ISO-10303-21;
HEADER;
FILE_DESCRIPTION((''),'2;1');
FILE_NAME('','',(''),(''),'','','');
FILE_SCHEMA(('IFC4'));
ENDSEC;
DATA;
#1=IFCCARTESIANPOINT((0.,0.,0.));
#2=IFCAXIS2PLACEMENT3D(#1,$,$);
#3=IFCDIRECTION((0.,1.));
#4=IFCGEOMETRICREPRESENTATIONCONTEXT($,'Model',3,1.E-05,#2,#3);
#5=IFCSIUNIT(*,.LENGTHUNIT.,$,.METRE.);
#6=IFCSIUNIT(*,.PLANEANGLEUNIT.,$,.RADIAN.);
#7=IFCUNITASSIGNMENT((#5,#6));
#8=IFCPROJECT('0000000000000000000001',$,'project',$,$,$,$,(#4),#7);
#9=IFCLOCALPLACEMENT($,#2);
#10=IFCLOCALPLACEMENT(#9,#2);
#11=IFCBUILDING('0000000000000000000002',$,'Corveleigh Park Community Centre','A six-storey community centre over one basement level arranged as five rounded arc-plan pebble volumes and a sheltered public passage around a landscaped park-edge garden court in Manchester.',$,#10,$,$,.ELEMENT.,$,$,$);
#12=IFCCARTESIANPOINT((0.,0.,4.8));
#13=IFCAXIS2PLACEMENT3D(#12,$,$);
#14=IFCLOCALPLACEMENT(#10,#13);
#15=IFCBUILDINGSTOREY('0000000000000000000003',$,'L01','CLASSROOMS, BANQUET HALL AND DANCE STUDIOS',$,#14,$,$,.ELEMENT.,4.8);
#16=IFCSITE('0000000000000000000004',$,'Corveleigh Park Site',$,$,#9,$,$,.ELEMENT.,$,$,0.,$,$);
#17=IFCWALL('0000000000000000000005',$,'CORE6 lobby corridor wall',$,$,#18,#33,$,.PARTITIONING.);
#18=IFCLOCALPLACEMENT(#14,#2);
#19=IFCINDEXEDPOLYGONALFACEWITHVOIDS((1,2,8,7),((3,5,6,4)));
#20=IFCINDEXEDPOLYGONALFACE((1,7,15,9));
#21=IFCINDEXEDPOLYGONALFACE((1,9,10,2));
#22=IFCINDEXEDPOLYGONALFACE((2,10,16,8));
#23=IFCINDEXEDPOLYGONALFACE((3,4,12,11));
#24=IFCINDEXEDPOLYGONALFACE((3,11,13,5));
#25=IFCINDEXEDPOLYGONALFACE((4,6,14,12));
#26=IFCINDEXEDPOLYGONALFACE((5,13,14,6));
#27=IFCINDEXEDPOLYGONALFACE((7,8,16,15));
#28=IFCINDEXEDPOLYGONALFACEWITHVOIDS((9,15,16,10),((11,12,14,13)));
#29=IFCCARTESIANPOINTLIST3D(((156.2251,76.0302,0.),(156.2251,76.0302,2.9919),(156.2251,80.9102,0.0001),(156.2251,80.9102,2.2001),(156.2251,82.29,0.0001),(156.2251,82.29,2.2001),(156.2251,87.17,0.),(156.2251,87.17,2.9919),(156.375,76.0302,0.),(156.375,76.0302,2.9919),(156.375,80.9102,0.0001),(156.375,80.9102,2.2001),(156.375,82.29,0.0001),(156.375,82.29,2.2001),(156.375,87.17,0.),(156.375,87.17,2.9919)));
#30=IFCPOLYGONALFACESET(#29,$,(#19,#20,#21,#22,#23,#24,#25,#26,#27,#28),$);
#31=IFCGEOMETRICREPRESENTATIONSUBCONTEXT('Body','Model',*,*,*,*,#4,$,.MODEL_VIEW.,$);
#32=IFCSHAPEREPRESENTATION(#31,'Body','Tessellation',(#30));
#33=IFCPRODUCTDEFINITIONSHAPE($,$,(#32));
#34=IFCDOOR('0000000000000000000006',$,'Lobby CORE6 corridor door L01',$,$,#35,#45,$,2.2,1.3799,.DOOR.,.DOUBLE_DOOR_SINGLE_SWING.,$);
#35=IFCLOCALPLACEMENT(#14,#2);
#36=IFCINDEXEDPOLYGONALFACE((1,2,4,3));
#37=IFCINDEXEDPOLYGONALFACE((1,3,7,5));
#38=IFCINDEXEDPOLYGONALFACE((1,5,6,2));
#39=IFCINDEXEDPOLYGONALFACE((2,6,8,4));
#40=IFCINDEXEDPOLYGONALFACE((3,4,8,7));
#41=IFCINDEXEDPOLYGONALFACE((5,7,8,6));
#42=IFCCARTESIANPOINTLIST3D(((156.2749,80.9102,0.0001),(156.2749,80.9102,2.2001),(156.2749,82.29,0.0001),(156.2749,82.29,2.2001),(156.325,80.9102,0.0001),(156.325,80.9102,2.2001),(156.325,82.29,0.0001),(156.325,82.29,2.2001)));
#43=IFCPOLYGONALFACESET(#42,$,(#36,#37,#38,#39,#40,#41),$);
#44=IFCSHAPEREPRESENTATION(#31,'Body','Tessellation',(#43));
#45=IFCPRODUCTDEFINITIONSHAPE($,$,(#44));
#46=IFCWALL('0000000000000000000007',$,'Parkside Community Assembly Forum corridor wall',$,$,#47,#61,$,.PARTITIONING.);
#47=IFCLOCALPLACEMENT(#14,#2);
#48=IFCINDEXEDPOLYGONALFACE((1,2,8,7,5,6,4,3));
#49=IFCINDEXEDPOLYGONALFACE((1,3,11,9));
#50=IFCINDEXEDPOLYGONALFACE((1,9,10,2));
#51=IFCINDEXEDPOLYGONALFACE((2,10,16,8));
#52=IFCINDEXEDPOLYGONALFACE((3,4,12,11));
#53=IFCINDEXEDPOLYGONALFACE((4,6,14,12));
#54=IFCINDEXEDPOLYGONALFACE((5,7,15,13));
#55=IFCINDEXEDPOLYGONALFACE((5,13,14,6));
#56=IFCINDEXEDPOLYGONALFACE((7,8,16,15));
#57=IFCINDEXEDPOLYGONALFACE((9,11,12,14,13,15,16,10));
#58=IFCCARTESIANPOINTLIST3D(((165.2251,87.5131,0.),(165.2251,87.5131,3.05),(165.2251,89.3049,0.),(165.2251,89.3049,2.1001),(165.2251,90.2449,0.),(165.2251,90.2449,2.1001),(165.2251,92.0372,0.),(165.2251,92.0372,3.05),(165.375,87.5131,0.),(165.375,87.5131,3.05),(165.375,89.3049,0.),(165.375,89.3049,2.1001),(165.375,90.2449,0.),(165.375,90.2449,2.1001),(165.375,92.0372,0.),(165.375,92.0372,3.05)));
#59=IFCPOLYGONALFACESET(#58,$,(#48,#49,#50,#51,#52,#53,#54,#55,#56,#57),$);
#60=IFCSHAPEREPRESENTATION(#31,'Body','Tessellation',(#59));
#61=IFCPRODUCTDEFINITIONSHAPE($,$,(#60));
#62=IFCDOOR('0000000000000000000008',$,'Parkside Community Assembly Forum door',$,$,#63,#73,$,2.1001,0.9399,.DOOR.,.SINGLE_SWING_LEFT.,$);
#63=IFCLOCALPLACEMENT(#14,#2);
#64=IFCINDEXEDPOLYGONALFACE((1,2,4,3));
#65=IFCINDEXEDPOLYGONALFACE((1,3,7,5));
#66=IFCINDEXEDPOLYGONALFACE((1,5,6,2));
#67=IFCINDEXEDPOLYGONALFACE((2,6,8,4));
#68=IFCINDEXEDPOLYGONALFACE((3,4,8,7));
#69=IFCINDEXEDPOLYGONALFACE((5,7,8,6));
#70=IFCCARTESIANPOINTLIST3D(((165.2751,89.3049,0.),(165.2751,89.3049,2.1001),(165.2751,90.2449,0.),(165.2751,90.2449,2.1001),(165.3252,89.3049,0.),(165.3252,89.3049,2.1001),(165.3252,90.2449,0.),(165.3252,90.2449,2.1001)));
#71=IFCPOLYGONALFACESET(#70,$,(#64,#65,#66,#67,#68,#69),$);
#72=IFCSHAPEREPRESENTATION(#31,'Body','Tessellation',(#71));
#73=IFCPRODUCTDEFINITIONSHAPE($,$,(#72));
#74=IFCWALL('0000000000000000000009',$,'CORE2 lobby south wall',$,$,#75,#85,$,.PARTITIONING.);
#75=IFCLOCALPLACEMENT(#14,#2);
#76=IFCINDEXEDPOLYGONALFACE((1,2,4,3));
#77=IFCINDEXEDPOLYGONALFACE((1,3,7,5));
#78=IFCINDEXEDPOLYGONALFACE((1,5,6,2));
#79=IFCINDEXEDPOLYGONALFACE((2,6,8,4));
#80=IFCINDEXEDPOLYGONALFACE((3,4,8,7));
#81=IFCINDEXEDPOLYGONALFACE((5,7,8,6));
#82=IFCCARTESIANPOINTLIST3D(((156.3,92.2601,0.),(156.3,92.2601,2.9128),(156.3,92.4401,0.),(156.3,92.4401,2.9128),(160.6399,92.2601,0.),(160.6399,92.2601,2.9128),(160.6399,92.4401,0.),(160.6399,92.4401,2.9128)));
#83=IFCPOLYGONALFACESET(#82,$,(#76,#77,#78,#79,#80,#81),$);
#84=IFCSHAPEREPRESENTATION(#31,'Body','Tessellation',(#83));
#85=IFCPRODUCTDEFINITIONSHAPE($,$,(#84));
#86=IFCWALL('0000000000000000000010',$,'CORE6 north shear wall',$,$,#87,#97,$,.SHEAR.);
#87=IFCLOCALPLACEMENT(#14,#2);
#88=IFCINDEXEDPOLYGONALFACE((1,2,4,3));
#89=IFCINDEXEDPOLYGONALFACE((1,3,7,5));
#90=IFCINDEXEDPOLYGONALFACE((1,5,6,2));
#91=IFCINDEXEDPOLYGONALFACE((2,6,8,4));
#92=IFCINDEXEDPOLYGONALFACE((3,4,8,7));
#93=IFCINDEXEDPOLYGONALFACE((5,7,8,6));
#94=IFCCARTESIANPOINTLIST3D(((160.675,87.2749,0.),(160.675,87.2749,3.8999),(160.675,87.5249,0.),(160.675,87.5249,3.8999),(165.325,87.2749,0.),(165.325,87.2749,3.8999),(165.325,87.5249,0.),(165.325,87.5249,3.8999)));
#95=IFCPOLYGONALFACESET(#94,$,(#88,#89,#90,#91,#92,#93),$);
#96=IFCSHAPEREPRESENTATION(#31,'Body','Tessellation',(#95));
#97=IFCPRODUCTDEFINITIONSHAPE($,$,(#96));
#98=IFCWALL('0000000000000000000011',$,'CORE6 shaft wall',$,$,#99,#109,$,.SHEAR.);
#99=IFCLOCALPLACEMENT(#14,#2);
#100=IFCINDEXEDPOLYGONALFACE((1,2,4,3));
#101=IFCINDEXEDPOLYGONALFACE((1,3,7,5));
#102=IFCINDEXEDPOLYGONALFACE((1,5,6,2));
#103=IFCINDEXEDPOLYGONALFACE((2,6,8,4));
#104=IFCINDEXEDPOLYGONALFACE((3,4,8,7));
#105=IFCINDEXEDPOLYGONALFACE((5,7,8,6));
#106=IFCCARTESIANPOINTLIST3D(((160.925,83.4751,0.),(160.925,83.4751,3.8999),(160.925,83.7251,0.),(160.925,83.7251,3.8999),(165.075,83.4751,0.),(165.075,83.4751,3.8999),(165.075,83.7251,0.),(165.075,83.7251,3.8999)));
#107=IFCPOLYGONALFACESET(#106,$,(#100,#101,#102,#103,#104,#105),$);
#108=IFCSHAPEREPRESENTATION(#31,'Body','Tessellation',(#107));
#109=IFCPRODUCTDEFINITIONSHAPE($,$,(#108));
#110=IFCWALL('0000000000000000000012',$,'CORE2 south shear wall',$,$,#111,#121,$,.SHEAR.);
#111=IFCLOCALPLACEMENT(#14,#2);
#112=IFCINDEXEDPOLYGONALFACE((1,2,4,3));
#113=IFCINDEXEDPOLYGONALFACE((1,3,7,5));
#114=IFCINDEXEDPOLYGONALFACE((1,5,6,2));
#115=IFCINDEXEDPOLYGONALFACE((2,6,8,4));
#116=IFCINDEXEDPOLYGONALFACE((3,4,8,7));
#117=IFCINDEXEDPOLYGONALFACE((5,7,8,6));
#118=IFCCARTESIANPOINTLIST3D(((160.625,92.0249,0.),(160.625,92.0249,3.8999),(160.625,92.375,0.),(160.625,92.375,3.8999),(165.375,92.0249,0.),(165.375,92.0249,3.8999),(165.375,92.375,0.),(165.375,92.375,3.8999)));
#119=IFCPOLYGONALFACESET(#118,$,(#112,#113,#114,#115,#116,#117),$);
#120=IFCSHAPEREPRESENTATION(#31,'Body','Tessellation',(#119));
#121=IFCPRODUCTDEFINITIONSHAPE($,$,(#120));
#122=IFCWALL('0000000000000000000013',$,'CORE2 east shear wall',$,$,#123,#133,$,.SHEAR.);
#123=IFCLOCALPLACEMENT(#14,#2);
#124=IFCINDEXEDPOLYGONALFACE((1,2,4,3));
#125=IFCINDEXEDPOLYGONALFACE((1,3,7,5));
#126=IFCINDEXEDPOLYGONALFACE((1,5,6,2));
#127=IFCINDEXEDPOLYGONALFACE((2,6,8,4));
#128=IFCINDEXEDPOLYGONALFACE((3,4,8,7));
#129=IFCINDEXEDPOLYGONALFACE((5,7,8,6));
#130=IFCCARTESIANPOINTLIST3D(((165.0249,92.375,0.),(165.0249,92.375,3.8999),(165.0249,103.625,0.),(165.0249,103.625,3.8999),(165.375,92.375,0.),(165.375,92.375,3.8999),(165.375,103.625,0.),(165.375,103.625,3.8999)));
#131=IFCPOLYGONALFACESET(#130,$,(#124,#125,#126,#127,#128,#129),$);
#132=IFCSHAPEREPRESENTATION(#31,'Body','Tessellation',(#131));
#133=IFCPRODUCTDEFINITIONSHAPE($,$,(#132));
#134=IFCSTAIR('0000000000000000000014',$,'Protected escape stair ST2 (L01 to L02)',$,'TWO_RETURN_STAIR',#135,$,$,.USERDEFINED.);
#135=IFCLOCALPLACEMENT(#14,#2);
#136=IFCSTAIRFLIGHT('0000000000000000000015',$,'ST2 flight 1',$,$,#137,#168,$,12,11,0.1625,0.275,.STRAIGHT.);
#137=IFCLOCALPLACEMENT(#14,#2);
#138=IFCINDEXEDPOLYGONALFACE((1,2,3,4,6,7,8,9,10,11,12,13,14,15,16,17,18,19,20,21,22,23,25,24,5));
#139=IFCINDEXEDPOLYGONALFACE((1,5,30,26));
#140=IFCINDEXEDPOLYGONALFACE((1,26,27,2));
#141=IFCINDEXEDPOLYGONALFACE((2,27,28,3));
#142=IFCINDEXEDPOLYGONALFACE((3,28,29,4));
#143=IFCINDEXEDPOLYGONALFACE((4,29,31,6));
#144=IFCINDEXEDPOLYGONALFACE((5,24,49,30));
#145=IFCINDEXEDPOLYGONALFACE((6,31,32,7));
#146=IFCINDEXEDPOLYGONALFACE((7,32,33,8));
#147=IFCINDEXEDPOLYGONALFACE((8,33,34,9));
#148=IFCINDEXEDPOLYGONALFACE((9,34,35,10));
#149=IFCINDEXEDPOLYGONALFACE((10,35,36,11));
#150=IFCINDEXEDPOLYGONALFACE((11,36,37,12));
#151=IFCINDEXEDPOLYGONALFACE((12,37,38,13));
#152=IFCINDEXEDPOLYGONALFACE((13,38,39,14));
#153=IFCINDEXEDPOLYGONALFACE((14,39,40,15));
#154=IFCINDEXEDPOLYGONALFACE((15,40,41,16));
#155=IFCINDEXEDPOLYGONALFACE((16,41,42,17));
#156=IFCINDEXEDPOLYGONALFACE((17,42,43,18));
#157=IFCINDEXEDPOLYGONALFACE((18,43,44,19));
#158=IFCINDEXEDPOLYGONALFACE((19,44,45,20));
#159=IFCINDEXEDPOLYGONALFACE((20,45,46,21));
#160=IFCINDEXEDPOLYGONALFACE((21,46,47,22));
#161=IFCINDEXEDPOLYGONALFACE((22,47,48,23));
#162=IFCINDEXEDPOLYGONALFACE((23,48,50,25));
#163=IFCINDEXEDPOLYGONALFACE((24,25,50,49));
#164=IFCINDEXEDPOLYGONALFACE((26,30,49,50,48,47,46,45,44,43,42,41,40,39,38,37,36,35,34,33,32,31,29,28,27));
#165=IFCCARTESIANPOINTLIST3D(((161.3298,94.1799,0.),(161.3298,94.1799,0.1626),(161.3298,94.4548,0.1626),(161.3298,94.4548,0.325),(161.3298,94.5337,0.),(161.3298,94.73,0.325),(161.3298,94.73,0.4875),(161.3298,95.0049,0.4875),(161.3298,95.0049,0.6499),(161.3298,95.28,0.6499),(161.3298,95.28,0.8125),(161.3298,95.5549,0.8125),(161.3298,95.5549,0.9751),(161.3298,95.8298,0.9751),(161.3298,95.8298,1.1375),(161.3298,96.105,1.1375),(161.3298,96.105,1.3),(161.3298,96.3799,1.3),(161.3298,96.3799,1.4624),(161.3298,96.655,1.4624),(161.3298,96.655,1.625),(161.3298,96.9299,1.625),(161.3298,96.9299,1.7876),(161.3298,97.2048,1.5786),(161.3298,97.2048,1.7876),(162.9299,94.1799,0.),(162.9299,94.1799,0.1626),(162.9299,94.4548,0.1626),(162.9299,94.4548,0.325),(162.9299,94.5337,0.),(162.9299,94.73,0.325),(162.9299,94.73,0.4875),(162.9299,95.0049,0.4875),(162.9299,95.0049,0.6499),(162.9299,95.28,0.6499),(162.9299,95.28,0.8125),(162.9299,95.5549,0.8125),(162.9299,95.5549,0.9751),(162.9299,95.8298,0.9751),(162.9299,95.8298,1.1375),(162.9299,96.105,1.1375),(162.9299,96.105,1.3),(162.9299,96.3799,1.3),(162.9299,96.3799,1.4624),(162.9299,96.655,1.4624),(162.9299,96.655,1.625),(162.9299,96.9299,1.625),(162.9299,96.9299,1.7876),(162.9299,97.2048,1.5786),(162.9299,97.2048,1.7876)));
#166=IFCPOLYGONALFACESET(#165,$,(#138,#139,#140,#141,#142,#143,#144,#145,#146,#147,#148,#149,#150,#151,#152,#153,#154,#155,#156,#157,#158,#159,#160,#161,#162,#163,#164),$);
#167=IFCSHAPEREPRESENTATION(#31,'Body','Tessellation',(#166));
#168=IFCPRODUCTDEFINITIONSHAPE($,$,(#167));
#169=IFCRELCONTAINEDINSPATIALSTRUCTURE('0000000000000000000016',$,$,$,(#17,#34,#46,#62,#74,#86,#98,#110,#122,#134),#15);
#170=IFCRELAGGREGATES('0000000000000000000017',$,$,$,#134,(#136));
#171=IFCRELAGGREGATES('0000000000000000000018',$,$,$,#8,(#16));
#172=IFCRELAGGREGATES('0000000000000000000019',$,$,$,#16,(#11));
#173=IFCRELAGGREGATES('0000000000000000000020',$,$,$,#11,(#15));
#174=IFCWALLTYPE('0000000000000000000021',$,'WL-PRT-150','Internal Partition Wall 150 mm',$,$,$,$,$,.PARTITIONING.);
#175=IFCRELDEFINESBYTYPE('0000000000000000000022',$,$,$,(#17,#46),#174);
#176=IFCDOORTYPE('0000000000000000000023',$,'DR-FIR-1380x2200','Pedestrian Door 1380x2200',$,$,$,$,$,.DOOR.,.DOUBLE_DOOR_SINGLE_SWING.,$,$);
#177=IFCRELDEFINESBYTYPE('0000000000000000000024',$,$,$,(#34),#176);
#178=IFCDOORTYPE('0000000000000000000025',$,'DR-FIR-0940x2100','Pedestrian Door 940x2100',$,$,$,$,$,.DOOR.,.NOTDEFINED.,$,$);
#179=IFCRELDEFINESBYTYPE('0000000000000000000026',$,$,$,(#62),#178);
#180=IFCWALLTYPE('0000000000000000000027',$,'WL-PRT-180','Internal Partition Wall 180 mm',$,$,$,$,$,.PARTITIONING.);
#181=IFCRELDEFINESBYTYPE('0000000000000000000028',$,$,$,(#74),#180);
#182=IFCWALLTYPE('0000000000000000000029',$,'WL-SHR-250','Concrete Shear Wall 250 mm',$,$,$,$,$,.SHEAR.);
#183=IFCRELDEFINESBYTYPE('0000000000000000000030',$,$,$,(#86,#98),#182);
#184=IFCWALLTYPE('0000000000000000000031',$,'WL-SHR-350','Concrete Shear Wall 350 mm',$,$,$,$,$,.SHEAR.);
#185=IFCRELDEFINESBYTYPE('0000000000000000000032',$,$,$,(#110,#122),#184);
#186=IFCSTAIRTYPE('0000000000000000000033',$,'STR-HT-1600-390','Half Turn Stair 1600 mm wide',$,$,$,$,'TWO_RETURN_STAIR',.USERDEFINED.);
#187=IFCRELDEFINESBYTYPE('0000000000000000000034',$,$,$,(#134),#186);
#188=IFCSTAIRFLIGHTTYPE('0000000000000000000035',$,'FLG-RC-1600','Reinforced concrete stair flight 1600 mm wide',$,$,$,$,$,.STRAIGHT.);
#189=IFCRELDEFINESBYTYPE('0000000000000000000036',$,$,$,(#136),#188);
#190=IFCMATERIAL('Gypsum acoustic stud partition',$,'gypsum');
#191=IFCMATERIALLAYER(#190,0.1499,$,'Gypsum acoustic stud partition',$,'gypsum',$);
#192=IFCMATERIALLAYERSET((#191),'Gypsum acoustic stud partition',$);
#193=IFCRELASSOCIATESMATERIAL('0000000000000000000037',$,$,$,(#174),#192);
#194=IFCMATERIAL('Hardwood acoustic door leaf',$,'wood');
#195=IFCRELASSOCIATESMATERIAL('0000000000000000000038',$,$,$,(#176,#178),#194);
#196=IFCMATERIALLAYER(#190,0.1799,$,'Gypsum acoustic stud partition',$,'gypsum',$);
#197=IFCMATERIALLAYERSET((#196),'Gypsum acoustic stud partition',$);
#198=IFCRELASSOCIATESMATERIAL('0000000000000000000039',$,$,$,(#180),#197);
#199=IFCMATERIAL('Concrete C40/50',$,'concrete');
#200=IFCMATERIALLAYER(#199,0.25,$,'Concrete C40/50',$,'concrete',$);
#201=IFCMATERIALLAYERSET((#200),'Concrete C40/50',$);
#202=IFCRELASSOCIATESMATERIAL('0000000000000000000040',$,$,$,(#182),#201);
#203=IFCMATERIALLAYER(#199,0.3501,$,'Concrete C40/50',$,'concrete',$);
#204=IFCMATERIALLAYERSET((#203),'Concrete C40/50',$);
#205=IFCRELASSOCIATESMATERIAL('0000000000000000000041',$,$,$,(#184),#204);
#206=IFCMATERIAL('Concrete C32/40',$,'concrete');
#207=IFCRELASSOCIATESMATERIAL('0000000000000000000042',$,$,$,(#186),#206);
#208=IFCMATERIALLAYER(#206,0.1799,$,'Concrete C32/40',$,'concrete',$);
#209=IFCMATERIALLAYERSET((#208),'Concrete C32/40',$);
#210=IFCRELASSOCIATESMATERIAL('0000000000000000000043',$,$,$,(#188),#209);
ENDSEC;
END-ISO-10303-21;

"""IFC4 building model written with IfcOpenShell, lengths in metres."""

from ifc_helpers import new_model, si_unit, direction, frame, frame_2d, origin, place, context, subcontext, project, spatial, polyline, rectangle, outline, extrude, material, layer, layer_set, type_object, element, fill, aggregate, save


model = new_model("IFC4")

# Units and contexts
model_context = context("Model", 3, precision=1e-05, world=origin(), true_north=direction((0.0, 1.0)))
body_context = subcontext(model_context, "Body", "Model", "MODEL_VIEW")
ifc_project = project(units=[si_unit("LENGTHUNIT", "METRE"), si_unit("PLANEANGLEUNIT", "RADIAN")], contexts=[model_context])

# Site, building, storey
site_placement = place(None, origin())
site = spatial("IfcSite", under=ifc_project, at=site_placement, Name="Corveleigh Park Site", CompositionType="ELEMENT", RefElevation=0.0)
building_placement = place(site_placement, origin())
building = spatial("IfcBuilding", under=site, at=building_placement, Name="Corveleigh Park Community Centre", Description="A six-storey community centre over one basement level arranged as five rounded arc-plan pebble volumes and a sheltered public passage around a landscaped park-edge garden court in Manchester.", CompositionType="ELEMENT")
storey_placement = place(building_placement, frame((0.0, 0.0, 4.8)))
storey = spatial("IfcBuildingStorey", under=building, at=storey_placement, Name="L01", Description="CLASSROOMS, BANQUET HALL AND DANCE STUDIOS", CompositionType="ELEMENT", Elevation=4.8)

# Shared definitions
ifc_material_1 = material(Name="Concrete C40/50", Category="concrete")

# Shared definitions
ifc_material_2 = material(Name="Gypsum acoustic stud partition", Category="gypsum")
ifc_layer_1 = layer(ifc_material_2, 0.1499, Name="Gypsum acoustic stud partition", Category="gypsum")
ifc_layer_set_1 = layer_set([ifc_layer_1], Name="Gypsum acoustic stud partition")
wall_type_1 = type_object("IfcWallType", Name="WL-PRT-150", Description="Internal Partition Wall 150 mm", PredefinedType="PARTITIONING", material=ifc_layer_set_1)

# Walls, openings, doors
wall_1_placement = place(storey_placement, frame((156.3, 87.1699, 0.0), z_axis=(0.0, 0.0, 1.0), x_axis=(0.0, -1.0, 0.0)))
wall_1 = element("IfcWall", 1, at=wall_1_placement, inside=storey, type_object=wall_type_1, Name="CORE6 lobby corridor wall", PredefinedType="PARTITIONING", context=body_context, shape_type="SweptSolid", body=[
    extrude(rectangle(XDim=11.1399, YDim=0.1499, at=frame_2d((5.5698, 0.0))), origin(), (0.0, 0.0, 1.0), 2.9919),
])
opening_1_placement = place(wall_1_placement, frame((4.8799, 0.0, 0.0)))
opening_1 = element("IfcOpeningElement", 2, at=opening_1_placement, cuts=wall_1, PredefinedType="OPENING", context=body_context, shape_type="SweptSolid", body=[
    extrude(rectangle(XDim=1.3799, YDim=2.2, at=frame_2d((0.6899, 1.1001))), frame((0.0, 0.085, 0.0), z_axis=(0.0, -1.0, 0.0), x_axis=(1.0, 0.0, 0.0)), (0.0, 0.0, 1.0), 0.1699),
])
ifc_material_3 = material(Name="Hardwood acoustic door leaf", Category="wood")
door_type_1 = type_object("IfcDoorType", Name="DR-FIR-1380x2200", Description="Pedestrian Door 1380x2200", OperationType="DOUBLE_DOOR_SINGLE_SWING", PredefinedType="DOOR", material=ifc_material_3)
door_1_placement = place(opening_1_placement, origin())
door_1 = element("IfcDoor", 3, at=door_1_placement, inside=storey, type_object=door_type_1, Name="Lobby CORE6 corridor door L01", OperationType="DOUBLE_DOOR_SINGLE_SWING", OverallHeight=2.2, OverallWidth=1.3799, PredefinedType="DOOR", context=body_context, shape_type="SweptSolid", body=[
    extrude(rectangle(XDim=1.3799, YDim=2.2, at=frame_2d((0.6899, 1.1001))), frame((0.0, 0.0249, 0.0), z_axis=(0.0, -1.0, 0.0), x_axis=(1.0, 0.0, 0.0)), (0.0, 0.0, 1.0), 0.05),
])
fill(opening_1, door_1)
wall_2_placement = place(storey_placement, frame((165.3, 87.5129, 0.0), z_axis=(0.0, 0.0, 1.0), x_axis=(0.0, 1.0, 0.0)))
wall_2 = element("IfcWall", 4, at=wall_2_placement, inside=storey, type_object=wall_type_1, Name="Parkside Community Assembly Forum corridor wall", PredefinedType="PARTITIONING", context=body_context, shape_type="SweptSolid", body=[
    extrude(rectangle(XDim=4.5242, YDim=0.1499, at=frame_2d((2.2622, 0.0))), origin(), (0.0, 0.0, 1.0), 3.05),
])
opening_2_placement = place(wall_2_placement, frame((1.792, 0.0, 0.0)))
opening_2 = element("IfcOpeningElement", 5, at=opening_2_placement, cuts=wall_2, PredefinedType="OPENING", context=body_context, shape_type="SweptSolid", body=[
    extrude(rectangle(XDim=0.9399, YDim=2.1001, at=frame_2d((0.47, 1.05))), frame((0.0, 0.085, 0.0), z_axis=(0.0, -1.0, 0.0), x_axis=(1.0, 0.0, 0.0)), (0.0, 0.0, 1.0), 0.1699),
])
door_type_2 = type_object("IfcDoorType", Name="DR-FIR-0940x2100", Description="Pedestrian Door 940x2100", OperationType="NOTDEFINED", PredefinedType="DOOR", material=ifc_material_3)
door_2_placement = place(opening_2_placement, origin())
door_2 = element("IfcDoor", 6, at=door_2_placement, inside=storey, type_object=door_type_2, Name="Parkside Community Assembly Forum door", OperationType="SINGLE_SWING_LEFT", OverallHeight=2.1001, OverallWidth=0.9399, PredefinedType="DOOR", context=body_context, shape_type="SweptSolid", body=[
    extrude(rectangle(XDim=0.9399, YDim=2.1001, at=frame_2d((0.47, 1.05))), frame((0.0, 0.0249, 0.0), z_axis=(0.0, -1.0, 0.0), x_axis=(1.0, 0.0, 0.0)), (0.0, 0.0, 1.0), 0.05),
])
fill(opening_2, door_2)

# Walls
ifc_layer_2 = layer(ifc_material_2, 0.1799, Name="Gypsum acoustic stud partition", Category="gypsum")
ifc_layer_set_2 = layer_set([ifc_layer_2], Name="Gypsum acoustic stud partition")
wall_type_2 = type_object("IfcWallType", Name="WL-PRT-180", Description="Internal Partition Wall 180 mm", PredefinedType="PARTITIONING", material=ifc_layer_set_2)
wall_3_placement = place(storey_placement, frame((156.3, 92.3501, 0.0), z_axis=(0.0, 0.0, 1.0), x_axis=(1.0, 0.0, 0.0)))
element("IfcWall", 7, at=wall_3_placement, inside=storey, type_object=wall_type_2, Name="CORE2 lobby south wall", PredefinedType="PARTITIONING", context=body_context, shape_type="SweptSolid", body=[
    extrude(rectangle(XDim=4.3398, YDim=0.1799, at=frame_2d((2.1699, 0.0))), origin(), (0.0, 0.0, 1.0), 2.9128),
])
ifc_layer_3 = layer(ifc_material_1, 0.25, Name="Concrete C40/50", Category="concrete")
ifc_layer_set_3 = layer_set([ifc_layer_3], Name="Concrete C40/50")
wall_type_3 = type_object("IfcWallType", Name="WL-SHR-250", Description="Concrete Shear Wall 250 mm", PredefinedType="SHEAR", material=ifc_layer_set_3)
wall_4_placement = place(storey_placement, frame((165.325, 87.3999, 0.0), z_axis=(0.0, 0.0, 1.0), x_axis=(-1.0, 0.0, 0.0)))
element("IfcWall", 8, at=wall_4_placement, inside=storey, type_object=wall_type_3, Name="CORE6 north shear wall", PredefinedType="SHEAR", context=body_context, shape_type="SweptSolid", body=[
    extrude(rectangle(XDim=4.6499, YDim=0.25, at=frame_2d((2.325, 0.0))), origin(), (0.0, 0.0, 1.0), 3.8999),
])

# Walls
wall_5_placement = place(storey_placement, frame((160.925, 83.6001, 0.0), z_axis=(0.0, 0.0, 1.0), x_axis=(1.0, 0.0, 0.0)))
element("IfcWall", 9, at=wall_5_placement, inside=storey, type_object=wall_type_3, Name="CORE6 shaft wall", PredefinedType="SHEAR", context=body_context, shape_type="SweptSolid", body=[
    extrude(rectangle(XDim=4.1499, YDim=0.25, at=frame_2d((2.075, 0.0))), origin(), (0.0, 0.0, 1.0), 3.8999),
])
ifc_layer_4 = layer(ifc_material_1, 0.3501, Name="Concrete C40/50", Category="concrete")
ifc_layer_set_4 = layer_set([ifc_layer_4], Name="Concrete C40/50")
wall_type_4 = type_object("IfcWallType", Name="WL-SHR-350", Description="Concrete Shear Wall 350 mm", PredefinedType="SHEAR", material=ifc_layer_set_4)
wall_6_placement = place(storey_placement, frame((160.625, 92.2, 0.0), z_axis=(0.0, 0.0, 1.0), x_axis=(1.0, 0.0, 0.0)))
element("IfcWall", 10, at=wall_6_placement, inside=storey, type_object=wall_type_4, Name="CORE2 south shear wall", PredefinedType="SHEAR", context=body_context, shape_type="SweptSolid", body=[
    extrude(rectangle(XDim=4.75, YDim=0.3501, at=frame_2d((2.375, 0.0))), origin(), (0.0, 0.0, 1.0), 3.8999),
])
wall_7_placement = place(storey_placement, frame((165.2, 92.375, 0.0), z_axis=(0.0, 0.0, 1.0), x_axis=(0.0, 1.0, 0.0)))
element("IfcWall", 11, at=wall_7_placement, inside=storey, type_object=wall_type_4, Name="CORE2 east shear wall", PredefinedType="SHEAR", context=body_context, shape_type="SweptSolid", body=[
    extrude(rectangle(XDim=11.25, YDim=0.3501, at=frame_2d((5.625, 0.0))), origin(), (0.0, 0.0, 1.0), 3.8999),
])

# Stair, stair flight
ifc_material_4 = material(Name="Concrete C32/40", Category="concrete")
stair_type = type_object("IfcStairType", Name="STR-HT-1600-390", Description="Half Turn Stair 1600 mm wide", ElementType="TWO_RETURN_STAIR", PredefinedType="USERDEFINED", material=ifc_material_4)
stair_placement = place(storey_placement, origin())
stair = element("IfcStair", 12, at=stair_placement, inside=storey, type_object=stair_type, Name="Protected escape stair ST2 (L01 to L02)", ObjectType="TWO_RETURN_STAIR", PredefinedType="USERDEFINED")
ifc_layer_5 = layer(ifc_material_4, 0.1799, Name="Concrete C32/40", Category="concrete")
ifc_layer_set_5 = layer_set([ifc_layer_5], Name="Concrete C32/40")
stair_flight_type = type_object("IfcStairFlightType", Name="FLG-RC-1600", Description="Reinforced concrete stair flight 1600 mm wide", PredefinedType="STRAIGHT", material=ifc_layer_set_5)
stair_flight_placement = place(storey_placement, frame((162.1299, 94.1799, 0.0), z_axis=(0.0, 0.0, 1.0), x_axis=(0.0, 1.0, 0.0)))
stair_flight = element("IfcStairFlight", 13, at=stair_flight_placement, type_object=stair_flight_type, Name="ST2 flight 1", NumberOfRisers=12, NumberOfTreads=11, PredefinedType="STRAIGHT", RiserHeight=0.1625, TreadLength=0.275, context=body_context, shape_type="SweptSolid", body=[
    extrude(outline(polyline([(0.0, 0.0), (0.0, 0.1626), (0.2749, 0.1626), (0.2749, 0.325), (0.55, 0.325), (0.55, 0.4875), (0.825, 0.4875), (0.825, 0.6499), (1.1001, 0.6499), (1.1001, 0.8125), (1.375, 0.8125), (1.375, 0.9751), (1.6499, 0.9751), (1.6499, 1.1375), (1.925, 1.1375), (1.925, 1.3), (2.2, 1.3), (2.2, 1.4624), (2.4751, 1.4624), (2.4751, 1.625), (2.75, 1.625), (2.75, 1.7876), (3.0249, 1.7876), (3.0249, 1.95), (3.0249, 1.5786), (0.3538, 0.0), (0.0, 0.0)])), frame((0.0, 0.8, 0.0), z_axis=(0.0, -1.0, 0.0), x_axis=(1.0, 0.0, 0.0)), (0.0, 0.0, 1.0), 1.6001),
])
aggregate(stair, [stair_flight])

save(model, "model.ifc")
